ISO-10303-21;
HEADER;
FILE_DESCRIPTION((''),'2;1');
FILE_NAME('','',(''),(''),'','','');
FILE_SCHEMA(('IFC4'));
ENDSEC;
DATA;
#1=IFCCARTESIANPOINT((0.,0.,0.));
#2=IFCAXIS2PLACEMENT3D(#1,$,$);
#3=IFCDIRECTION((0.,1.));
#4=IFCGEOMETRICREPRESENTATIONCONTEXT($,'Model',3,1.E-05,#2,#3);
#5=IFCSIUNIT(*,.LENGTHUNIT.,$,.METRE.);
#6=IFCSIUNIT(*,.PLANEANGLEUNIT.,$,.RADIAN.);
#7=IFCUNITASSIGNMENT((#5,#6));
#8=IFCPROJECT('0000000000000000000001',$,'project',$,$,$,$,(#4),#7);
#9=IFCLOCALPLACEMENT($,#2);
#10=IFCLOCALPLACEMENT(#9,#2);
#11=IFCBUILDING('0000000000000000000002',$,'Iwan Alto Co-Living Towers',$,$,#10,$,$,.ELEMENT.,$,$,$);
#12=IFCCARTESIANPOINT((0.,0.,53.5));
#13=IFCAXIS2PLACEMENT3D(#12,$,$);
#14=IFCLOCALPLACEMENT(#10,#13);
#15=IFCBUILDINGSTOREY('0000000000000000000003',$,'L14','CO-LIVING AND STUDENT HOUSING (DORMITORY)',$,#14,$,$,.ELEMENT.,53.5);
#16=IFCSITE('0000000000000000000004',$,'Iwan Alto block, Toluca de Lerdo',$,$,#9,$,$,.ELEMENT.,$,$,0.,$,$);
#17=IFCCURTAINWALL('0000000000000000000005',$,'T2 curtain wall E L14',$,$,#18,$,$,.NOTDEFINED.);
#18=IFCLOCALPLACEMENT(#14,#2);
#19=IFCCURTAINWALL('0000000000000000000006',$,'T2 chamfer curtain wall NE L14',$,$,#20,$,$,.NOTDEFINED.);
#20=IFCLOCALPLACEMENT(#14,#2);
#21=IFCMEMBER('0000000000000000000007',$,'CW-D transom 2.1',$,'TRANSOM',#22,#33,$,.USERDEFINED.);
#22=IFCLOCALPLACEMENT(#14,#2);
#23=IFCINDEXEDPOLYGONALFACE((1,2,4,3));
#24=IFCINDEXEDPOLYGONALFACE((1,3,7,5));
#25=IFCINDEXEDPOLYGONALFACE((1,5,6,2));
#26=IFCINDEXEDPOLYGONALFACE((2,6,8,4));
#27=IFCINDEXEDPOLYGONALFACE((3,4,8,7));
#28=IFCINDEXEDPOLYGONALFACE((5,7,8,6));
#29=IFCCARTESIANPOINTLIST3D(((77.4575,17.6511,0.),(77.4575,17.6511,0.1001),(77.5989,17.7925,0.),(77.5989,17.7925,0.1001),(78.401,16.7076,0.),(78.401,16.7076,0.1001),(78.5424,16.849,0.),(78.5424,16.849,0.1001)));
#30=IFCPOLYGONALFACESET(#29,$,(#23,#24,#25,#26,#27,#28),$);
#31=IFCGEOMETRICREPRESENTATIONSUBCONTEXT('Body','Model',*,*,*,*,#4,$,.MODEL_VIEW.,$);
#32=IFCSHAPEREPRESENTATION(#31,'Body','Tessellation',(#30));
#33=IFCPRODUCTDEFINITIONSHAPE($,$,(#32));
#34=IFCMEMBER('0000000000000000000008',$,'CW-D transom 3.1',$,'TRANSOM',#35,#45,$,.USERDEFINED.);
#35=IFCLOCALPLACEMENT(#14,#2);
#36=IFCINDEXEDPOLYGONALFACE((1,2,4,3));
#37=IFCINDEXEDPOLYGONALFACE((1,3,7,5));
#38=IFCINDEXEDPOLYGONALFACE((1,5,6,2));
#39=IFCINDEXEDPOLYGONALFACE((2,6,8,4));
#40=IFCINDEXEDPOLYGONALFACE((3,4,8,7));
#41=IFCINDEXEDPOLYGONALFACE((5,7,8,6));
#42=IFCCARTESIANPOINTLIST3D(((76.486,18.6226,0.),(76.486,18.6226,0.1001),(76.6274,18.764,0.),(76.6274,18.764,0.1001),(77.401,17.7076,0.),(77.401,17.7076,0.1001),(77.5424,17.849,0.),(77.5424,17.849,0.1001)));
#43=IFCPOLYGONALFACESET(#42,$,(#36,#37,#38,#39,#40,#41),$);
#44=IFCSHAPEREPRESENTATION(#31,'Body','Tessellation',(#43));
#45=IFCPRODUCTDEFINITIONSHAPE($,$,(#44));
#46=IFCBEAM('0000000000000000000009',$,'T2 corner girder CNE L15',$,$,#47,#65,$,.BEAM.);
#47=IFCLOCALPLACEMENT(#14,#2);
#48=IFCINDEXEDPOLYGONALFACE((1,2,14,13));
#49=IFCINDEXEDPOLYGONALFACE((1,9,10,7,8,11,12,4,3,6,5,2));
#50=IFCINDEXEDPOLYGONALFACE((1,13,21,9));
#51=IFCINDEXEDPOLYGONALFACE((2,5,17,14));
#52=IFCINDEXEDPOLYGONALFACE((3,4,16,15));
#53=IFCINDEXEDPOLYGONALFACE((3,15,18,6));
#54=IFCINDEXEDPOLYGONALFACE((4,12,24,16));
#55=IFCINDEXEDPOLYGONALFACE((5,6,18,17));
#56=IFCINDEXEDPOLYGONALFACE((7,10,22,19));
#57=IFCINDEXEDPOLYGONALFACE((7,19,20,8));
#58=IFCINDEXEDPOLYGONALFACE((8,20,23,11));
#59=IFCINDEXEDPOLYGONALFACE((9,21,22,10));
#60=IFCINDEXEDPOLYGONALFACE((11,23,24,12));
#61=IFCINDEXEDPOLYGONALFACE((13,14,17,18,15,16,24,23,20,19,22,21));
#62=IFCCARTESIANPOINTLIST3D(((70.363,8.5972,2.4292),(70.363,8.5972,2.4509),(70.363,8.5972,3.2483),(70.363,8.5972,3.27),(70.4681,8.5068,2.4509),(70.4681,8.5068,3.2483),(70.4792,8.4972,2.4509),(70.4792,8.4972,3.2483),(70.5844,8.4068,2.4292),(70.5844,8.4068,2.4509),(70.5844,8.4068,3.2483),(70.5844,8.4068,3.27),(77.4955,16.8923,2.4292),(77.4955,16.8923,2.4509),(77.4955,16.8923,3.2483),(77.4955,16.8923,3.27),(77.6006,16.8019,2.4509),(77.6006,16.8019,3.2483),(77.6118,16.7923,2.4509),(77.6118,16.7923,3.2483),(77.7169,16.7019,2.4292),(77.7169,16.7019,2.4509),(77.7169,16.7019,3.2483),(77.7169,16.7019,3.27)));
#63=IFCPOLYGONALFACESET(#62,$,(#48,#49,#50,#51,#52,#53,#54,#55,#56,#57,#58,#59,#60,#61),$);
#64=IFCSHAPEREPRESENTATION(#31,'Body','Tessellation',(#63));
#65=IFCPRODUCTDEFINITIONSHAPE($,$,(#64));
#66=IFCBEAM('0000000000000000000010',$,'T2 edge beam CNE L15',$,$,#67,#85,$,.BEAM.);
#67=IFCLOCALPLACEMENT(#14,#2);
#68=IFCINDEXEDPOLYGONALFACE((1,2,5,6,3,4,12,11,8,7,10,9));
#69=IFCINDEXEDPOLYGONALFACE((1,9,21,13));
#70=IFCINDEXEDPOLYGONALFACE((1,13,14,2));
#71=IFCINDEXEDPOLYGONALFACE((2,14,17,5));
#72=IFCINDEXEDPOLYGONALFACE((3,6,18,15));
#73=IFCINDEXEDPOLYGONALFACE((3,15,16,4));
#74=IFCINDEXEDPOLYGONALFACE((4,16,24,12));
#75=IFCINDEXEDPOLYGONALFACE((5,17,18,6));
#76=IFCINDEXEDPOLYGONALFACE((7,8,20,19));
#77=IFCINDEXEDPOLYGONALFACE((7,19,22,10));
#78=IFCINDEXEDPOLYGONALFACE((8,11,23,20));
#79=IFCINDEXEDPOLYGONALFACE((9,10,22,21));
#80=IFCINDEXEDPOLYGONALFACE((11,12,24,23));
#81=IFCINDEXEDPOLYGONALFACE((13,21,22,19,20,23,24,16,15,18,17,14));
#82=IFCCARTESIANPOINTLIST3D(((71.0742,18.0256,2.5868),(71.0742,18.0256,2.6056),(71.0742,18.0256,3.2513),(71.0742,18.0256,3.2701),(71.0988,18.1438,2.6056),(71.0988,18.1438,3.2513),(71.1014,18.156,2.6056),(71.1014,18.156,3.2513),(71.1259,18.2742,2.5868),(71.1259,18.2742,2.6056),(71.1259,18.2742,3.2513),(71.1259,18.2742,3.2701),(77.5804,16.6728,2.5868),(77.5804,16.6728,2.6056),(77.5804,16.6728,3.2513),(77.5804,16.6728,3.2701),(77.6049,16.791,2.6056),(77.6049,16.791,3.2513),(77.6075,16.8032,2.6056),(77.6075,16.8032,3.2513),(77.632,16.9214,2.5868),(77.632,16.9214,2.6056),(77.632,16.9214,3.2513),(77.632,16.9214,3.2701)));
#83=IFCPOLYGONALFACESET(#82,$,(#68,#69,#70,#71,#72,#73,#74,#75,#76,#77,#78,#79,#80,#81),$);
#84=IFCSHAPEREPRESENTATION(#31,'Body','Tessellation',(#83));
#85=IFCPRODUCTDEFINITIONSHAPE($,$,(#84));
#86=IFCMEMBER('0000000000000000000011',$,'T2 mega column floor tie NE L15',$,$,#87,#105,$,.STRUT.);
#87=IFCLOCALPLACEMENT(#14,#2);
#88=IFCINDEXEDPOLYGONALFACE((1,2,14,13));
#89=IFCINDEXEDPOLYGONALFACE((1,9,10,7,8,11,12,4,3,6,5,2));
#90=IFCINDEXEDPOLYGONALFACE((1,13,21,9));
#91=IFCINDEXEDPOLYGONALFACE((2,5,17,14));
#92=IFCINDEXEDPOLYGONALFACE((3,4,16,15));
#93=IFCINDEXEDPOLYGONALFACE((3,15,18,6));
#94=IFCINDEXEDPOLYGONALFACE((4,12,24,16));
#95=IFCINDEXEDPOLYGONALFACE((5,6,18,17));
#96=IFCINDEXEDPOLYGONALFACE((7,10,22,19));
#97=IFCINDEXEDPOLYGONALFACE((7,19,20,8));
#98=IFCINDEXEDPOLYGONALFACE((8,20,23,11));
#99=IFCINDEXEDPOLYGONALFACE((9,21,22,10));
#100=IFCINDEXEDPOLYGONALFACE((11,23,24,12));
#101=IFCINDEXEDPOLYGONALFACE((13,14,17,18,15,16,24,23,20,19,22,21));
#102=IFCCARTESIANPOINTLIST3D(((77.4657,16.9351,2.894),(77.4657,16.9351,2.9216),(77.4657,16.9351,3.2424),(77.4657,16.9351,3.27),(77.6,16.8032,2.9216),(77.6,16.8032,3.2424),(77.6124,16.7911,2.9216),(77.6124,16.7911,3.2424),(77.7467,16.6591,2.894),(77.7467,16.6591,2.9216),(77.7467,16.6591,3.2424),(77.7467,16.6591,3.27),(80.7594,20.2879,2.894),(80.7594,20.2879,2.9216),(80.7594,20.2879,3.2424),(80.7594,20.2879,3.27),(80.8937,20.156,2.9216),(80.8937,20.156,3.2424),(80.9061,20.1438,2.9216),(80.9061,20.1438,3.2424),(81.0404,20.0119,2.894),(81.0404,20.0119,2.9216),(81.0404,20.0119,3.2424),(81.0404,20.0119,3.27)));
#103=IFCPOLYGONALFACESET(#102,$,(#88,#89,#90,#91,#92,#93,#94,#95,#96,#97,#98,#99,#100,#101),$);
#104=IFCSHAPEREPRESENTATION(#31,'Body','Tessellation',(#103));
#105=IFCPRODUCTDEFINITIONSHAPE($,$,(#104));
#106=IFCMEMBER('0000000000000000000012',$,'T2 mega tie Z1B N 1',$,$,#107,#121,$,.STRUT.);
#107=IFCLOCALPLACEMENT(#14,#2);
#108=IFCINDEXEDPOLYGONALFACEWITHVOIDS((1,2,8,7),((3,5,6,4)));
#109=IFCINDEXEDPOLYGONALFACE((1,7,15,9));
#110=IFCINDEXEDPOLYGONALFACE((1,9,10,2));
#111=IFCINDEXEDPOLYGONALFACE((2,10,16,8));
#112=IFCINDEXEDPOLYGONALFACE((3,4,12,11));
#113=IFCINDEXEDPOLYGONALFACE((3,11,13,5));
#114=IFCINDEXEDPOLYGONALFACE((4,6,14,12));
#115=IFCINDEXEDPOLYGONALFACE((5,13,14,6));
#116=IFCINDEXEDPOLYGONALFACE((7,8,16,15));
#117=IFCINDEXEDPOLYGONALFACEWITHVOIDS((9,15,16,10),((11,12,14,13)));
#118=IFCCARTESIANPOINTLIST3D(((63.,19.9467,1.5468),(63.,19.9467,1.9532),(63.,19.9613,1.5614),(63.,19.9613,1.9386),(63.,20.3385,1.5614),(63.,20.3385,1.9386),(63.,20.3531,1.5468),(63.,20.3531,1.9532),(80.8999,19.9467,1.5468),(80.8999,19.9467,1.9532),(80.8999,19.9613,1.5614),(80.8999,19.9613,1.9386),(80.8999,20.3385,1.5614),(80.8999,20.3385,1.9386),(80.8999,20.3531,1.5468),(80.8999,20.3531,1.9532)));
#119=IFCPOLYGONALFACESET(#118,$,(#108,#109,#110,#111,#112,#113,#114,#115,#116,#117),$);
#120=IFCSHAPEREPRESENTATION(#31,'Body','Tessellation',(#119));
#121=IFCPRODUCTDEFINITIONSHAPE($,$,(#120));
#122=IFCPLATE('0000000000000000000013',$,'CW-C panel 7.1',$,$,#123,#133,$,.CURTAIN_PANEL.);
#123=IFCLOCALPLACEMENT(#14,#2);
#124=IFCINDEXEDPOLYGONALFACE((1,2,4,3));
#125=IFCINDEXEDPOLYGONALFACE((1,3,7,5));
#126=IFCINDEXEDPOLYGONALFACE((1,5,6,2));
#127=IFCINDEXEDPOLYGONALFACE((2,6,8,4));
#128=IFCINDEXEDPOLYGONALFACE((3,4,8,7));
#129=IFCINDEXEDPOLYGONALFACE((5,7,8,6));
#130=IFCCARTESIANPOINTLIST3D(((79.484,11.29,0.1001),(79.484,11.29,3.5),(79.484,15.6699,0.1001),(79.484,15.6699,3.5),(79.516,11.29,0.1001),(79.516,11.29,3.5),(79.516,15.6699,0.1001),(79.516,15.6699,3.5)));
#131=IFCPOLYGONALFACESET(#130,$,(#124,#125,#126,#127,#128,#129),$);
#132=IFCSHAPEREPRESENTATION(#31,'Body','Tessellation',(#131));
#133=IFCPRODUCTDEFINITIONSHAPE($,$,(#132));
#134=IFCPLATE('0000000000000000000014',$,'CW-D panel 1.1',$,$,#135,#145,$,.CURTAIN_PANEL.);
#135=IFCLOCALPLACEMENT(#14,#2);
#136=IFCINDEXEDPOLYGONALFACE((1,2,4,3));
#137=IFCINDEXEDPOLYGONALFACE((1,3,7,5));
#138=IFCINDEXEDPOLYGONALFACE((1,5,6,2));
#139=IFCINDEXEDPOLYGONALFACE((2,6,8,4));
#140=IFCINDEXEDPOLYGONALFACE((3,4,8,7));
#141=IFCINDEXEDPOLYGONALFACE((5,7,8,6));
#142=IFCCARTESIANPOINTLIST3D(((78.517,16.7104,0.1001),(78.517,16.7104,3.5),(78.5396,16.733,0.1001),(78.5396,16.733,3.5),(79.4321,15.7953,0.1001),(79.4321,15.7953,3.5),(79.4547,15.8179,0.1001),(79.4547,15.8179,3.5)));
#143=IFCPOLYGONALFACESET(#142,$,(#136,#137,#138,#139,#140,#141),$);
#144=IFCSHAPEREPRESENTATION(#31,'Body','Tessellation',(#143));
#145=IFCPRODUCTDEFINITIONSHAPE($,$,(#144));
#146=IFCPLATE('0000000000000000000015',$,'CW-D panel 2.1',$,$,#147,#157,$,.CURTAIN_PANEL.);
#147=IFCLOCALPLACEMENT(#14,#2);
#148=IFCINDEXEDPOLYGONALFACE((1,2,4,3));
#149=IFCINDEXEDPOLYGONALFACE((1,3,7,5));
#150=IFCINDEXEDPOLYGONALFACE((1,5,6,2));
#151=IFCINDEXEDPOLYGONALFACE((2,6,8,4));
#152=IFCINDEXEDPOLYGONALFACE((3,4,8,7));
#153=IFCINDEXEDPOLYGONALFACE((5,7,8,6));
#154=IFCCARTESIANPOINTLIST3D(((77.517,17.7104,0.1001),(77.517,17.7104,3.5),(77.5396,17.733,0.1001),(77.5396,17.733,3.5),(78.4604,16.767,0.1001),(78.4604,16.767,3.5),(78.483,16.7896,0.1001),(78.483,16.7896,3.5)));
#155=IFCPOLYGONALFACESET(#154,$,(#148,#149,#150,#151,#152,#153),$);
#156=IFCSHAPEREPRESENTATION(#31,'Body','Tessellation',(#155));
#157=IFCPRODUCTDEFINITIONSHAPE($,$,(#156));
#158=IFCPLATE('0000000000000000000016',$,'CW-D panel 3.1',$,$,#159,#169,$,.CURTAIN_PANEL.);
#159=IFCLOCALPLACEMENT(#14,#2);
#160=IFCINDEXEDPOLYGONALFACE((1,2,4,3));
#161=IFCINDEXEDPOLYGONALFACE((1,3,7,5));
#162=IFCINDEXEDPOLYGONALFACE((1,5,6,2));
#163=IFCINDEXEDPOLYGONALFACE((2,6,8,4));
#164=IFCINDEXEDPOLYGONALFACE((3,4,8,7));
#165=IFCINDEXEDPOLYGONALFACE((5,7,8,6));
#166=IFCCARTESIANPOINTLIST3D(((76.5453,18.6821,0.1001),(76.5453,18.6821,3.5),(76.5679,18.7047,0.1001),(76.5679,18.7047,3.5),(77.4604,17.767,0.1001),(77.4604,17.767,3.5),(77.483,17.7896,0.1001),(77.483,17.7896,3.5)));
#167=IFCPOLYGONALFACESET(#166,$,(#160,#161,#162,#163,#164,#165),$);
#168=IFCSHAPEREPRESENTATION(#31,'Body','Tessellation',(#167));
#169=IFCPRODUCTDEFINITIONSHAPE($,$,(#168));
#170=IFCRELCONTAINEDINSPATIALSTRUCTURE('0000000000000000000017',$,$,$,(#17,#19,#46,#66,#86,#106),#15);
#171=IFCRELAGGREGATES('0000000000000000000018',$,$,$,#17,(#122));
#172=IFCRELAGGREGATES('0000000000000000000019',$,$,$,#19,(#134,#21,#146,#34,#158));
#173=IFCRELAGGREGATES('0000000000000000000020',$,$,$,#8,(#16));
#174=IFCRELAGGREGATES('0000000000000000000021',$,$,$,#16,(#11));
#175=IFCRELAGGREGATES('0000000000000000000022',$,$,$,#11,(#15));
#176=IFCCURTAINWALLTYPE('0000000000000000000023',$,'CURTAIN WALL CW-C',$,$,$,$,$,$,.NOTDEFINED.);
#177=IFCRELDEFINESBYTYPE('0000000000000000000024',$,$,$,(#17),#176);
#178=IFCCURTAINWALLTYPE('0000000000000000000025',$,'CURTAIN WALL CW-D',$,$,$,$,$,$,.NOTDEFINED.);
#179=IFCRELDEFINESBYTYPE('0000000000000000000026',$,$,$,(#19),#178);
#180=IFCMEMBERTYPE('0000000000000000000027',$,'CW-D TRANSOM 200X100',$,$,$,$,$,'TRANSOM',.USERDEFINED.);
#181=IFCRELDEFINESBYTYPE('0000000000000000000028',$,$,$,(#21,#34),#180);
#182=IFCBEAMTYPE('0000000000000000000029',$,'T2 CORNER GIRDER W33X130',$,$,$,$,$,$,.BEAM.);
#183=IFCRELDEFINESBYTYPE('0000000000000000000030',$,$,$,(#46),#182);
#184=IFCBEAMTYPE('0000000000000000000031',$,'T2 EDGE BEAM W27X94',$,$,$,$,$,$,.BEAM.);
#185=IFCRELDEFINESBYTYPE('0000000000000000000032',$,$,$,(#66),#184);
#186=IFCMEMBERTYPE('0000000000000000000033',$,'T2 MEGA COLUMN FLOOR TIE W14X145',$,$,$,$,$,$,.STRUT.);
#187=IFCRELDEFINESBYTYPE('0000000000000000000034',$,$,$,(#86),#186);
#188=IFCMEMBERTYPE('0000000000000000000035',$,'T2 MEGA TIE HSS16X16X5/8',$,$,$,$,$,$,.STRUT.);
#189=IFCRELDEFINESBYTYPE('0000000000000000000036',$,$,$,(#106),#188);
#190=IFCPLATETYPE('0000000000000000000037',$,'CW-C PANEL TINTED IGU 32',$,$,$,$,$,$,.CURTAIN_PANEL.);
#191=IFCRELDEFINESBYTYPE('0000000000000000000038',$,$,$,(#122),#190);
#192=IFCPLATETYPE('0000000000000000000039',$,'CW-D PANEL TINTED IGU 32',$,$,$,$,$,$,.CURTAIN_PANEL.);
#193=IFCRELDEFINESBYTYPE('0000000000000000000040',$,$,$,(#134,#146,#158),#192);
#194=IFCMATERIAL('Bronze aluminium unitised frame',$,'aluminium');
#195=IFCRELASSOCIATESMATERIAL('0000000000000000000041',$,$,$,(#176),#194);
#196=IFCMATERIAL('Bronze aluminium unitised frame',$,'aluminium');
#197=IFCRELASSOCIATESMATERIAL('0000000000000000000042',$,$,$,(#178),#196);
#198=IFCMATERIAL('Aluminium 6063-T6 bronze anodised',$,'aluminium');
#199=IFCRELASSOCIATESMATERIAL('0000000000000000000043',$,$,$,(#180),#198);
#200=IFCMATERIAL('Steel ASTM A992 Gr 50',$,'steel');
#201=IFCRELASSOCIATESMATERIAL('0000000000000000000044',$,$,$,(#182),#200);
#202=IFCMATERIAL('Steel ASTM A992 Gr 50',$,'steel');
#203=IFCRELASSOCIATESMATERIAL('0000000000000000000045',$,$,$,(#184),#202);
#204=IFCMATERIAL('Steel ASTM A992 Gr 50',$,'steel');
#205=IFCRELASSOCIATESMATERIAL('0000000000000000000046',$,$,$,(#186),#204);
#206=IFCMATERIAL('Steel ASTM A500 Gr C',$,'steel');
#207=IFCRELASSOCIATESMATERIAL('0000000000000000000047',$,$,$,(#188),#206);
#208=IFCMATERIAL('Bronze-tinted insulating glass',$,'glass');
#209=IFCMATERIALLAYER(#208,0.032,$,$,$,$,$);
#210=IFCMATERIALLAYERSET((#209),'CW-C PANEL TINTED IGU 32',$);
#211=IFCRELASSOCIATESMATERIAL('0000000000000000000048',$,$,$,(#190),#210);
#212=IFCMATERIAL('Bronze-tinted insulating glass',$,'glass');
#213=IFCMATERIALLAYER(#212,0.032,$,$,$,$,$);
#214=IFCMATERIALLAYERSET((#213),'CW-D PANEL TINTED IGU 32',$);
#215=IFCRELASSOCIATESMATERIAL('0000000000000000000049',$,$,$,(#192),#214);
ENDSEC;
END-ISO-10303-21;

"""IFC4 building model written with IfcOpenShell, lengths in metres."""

from ifc_helpers import new_model, si_unit, direction, frame, origin, origin_2d, place, context, subcontext, project, spatial, rectangle, hollow_rectangle, i_section, extrude, material, layer, layer_set, material_profile, profile_set, type_object, element, aggregate, save


model = new_model("IFC4")

# Units and contexts
model_context = context("Model", 3, precision=1e-05, world=origin(), true_north=direction((0.0, 1.0)))
body_context = subcontext(model_context, "Body", "Model", "MODEL_VIEW")
ifc_project = project(units=[si_unit("LENGTHUNIT", "METRE"), si_unit("PLANEANGLEUNIT", "RADIAN")], contexts=[model_context])

# Site, building, storey
site_placement = place(None, origin())
site = spatial("IfcSite", under=ifc_project, at=site_placement, Name="Iwan Alto block, Toluca de Lerdo", CompositionType="ELEMENT", RefElevation=0.0)
building_placement = place(site_placement, origin())
building = spatial("IfcBuilding", under=site, at=building_placement, Name="Iwan Alto Co-Living Towers", CompositionType="ELEMENT")
storey_placement = place(building_placement, frame((0.0, 0.0, 53.5)))
storey = spatial("IfcBuildingStorey", under=building, at=storey_placement, Name="L14", Description="CO-LIVING AND STUDENT HOUSING (DORMITORY)", CompositionType="ELEMENT", Elevation=53.5)

# Curtain wall
ifc_material_1 = material(Name="Bronze aluminium unitised frame", Category="aluminium")
curtain_wall_type_1 = type_object("IfcCurtainWallType", Name="CURTAIN WALL CW-C", PredefinedType="NOTDEFINED", material=ifc_material_1)
curtain_wall_1_placement = place(storey_placement, origin())
curtain_wall_1 = element("IfcCurtainWall", 1, at=curtain_wall_1_placement, inside=storey, type_object=curtain_wall_type_1, Name="T2 curtain wall E L14", PredefinedType="NOTDEFINED")

# Curtain wall, members
ifc_material_2 = material(Name="Bronze aluminium unitised frame", Category="aluminium")
curtain_wall_type_2 = type_object("IfcCurtainWallType", Name="CURTAIN WALL CW-D", PredefinedType="NOTDEFINED", material=ifc_material_2)
curtain_wall_2_placement = place(storey_placement, origin())
curtain_wall_2 = element("IfcCurtainWall", 2, at=curtain_wall_2_placement, inside=storey, type_object=curtain_wall_type_2, Name="T2 chamfer curtain wall NE L14", PredefinedType="NOTDEFINED")
ifc_material_3 = material(Name="Aluminium 6063-T6 bronze anodised", Category="aluminium")
ifc_material_profile_1 = material_profile(ifc_material_3, rectangle(XDim=0.2, YDim=0.1001, at=origin_2d()), Name="AL 200X100")
ifc_profile_set_1 = profile_set([ifc_material_profile_1], Name="Aluminium 6063-T6 bronze anodised")
member_type_1 = type_object("IfcMemberType", Name="CW-D TRANSOM 200X100", ElementType="TRANSOM", PredefinedType="USERDEFINED", material=ifc_profile_set_1)
member_1_placement = place(storey_placement, frame((78.4717, 16.7783, 0.05), z_axis=(-0.707107, 0.707107, 0.0), x_axis=(-0.707107, -0.707107, 0.0)))
member_1 = element("IfcMember", 3, at=member_1_placement, type_object=member_type_1, Name="CW-D transom 2.1", ObjectType="TRANSOM", PredefinedType="USERDEFINED", context=body_context, shape_type="SweptSolid", body=[
    extrude(rectangle(XDim=0.2, YDim=0.1001, at=origin_2d()), origin(), (0.0, 0.0, 1.0), 1.3342),
])
member_2_placement = place(storey_placement, frame((77.4717, 17.7783, 0.05), z_axis=(-0.707107, 0.707107, 0.0), x_axis=(-0.707107, -0.707107, 0.0)))
member_2 = element("IfcMember", 4, at=member_2_placement, type_object=member_type_1, Name="CW-D transom 3.1", ObjectType="TRANSOM", PredefinedType="USERDEFINED", context=body_context, shape_type="SweptSolid", body=[
    extrude(rectangle(XDim=0.2, YDim=0.1001, at=origin_2d()), origin(), (0.0, 0.0, 1.0), 1.2939),
])

# Beams
ifc_material_4 = material(Name="Steel ASTM A992 Gr 50", Category="steel")
ifc_material_profile_2 = material_profile(ifc_material_4, i_section(OverallWidth=0.292, OverallDepth=0.8408, WebThickness=0.0146, FlangeThickness=0.0217, at=origin_2d()), Name="W33X130")
ifc_profile_set_2 = profile_set([ifc_material_profile_2], Name="Steel ASTM A992 Gr 50")
beam_type_1 = type_object("IfcBeamType", Name="T2 CORNER GIRDER W33X130", PredefinedType="BEAM", material=ifc_profile_set_2)
beam_1_placement = place(storey_placement, frame((77.6062, 16.7971, 2.8496), z_axis=(-0.651972, -0.758243, 0.0), x_axis=(0.758243, -0.651972, 0.0)))
element("IfcBeam", 5, at=beam_1_placement, inside=storey, type_object=beam_type_1, Name="T2 corner girder CNE L15", PredefinedType="BEAM", context=body_context, shape_type="SweptSolid", body=[
    extrude(i_section(OverallWidth=0.292, OverallDepth=0.8408, WebThickness=0.0146, FlangeThickness=0.0217, at=origin_2d()), origin(), (0.0, 0.0, 1.0), 10.9399),
])
ifc_material_5 = material(Name="Steel ASTM A992 Gr 50", Category="steel")
ifc_material_profile_3 = material_profile(ifc_material_5, i_section(OverallWidth=0.2539, OverallDepth=0.6833, WebThickness=0.0125, FlangeThickness=0.0188, at=origin_2d()), Name="W27X94")
ifc_profile_set_3 = profile_set([ifc_material_profile_3], Name="Steel ASTM A992 Gr 50")
beam_type_2 = type_object("IfcBeamType", Name="T2 EDGE BEAM W27X94", PredefinedType="BEAM", material=ifc_profile_set_3)
beam_2_placement = place(storey_placement, frame((77.6062, 16.7971, 2.9285), z_axis=(-0.97906, 0.203571, 0.0), x_axis=(-0.203571, -0.97906, 0.0)))
element("IfcBeam", 6, at=beam_2_placement, inside=storey, type_object=beam_type_2, Name="T2 edge beam CNE L15", PredefinedType="BEAM", context=body_context, shape_type="SweptSolid", body=[
    extrude(i_section(OverallWidth=0.2539, OverallDepth=0.6833, WebThickness=0.0125, FlangeThickness=0.0188, at=origin_2d()), origin(), (0.0, 0.0, 1.0), 6.6453),
])

# Members
ifc_material_6 = material(Name="Steel ASTM A992 Gr 50", Category="steel")
ifc_material_profile_4 = material_profile(ifc_material_6, i_section(OverallWidth=0.3938, OverallDepth=0.376, WebThickness=0.0173, FlangeThickness=0.0276, at=origin_2d()), Name="W14X145")
ifc_profile_set_4 = profile_set([ifc_material_profile_4], Name="Steel ASTM A992 Gr 50")
member_type_2 = type_object("IfcMemberType", Name="T2 MEGA COLUMN FLOOR TIE W14X145", PredefinedType="STRUT", material=ifc_profile_set_4)
member_3_placement = place(storey_placement, frame((80.8999, 20.1499, 3.082), z_axis=(-0.700793, -0.713364, 0.0), x_axis=(0.713364, -0.700793, 0.0)))
element("IfcMember", 7, at=member_3_placement, inside=storey, type_object=member_type_2, Name="T2 mega column floor tie NE L15", PredefinedType="STRUT", context=body_context, shape_type="SweptSolid", body=[
    extrude(i_section(OverallWidth=0.3938, OverallDepth=0.376, WebThickness=0.0173, FlangeThickness=0.0276, at=origin_2d()), origin(), (0.0, 0.0, 1.0), 4.7),
])
ifc_material_7 = material(Name="Steel ASTM A500 Gr C", Category="steel")
ifc_material_profile_5 = material_profile(ifc_material_7, hollow_rectangle(XDim=0.4065, YDim=0.4065, WallThickness=0.0146, at=origin_2d()), Name="HSS16X16X5/8")
ifc_profile_set_5 = profile_set([ifc_material_profile_5], Name="Steel ASTM A500 Gr C")
member_type_3 = type_object("IfcMemberType", Name="T2 MEGA TIE HSS16X16X5/8", PredefinedType="STRUT", material=ifc_profile_set_5)
member_4_placement = place(storey_placement, frame((80.8999, 20.1499, 1.75), z_axis=(-1.0, 0.0, 0.0), x_axis=(0.0, -1.0, 0.0)))
element("IfcMember", 8, at=member_4_placement, inside=storey, type_object=member_type_3, Name="T2 mega tie Z1B N 1", PredefinedType="STRUT", context=body_context, shape_type="SweptSolid", body=[
    extrude(hollow_rectangle(XDim=0.4065, YDim=0.4065, WallThickness=0.0146, at=origin_2d()), origin(), (0.0, 0.0, 1.0), 17.8999),
])

# Plates
ifc_material_8 = material(Name="Bronze-tinted insulating glass", Category="glass")
ifc_layer_1 = layer(ifc_material_8, 0.032)
ifc_layer_set_1 = layer_set([ifc_layer_1], Name="CW-C PANEL TINTED IGU 32")
plate_type_1 = type_object("IfcPlateType", Name="CW-C PANEL TINTED IGU 32", PredefinedType="CURTAIN_PANEL", material=ifc_layer_set_1)
plate_1_placement = place(storey_placement, frame((79.5, 13.48, 0.1001), z_axis=(0.0, 0.0, 1.0), x_axis=(0.0, 1.0, 0.0)))
plate_1 = element("IfcPlate", 9, at=plate_1_placement, type_object=plate_type_1, Name="CW-C panel 7.1", PredefinedType="CURTAIN_PANEL", context=body_context, shape_type="SweptSolid", body=[
    extrude(rectangle(XDim=4.3799, YDim=0.032, at=origin_2d()), origin(), (0.0, 0.0, 1.0), 3.3999),
])
aggregate(curtain_wall_1, [plate_1])
ifc_material_9 = material(Name="Bronze-tinted insulating glass", Category="glass")
ifc_layer_2 = layer(ifc_material_9, 0.032)
ifc_layer_set_2 = layer_set([ifc_layer_2], Name="CW-D PANEL TINTED IGU 32")
plate_type_2 = type_object("IfcPlateType", Name="CW-D PANEL TINTED IGU 32", PredefinedType="CURTAIN_PANEL", material=ifc_layer_set_2)
plate_2_placement = place(storey_placement, frame((78.9858, 16.2642, 0.1001), z_axis=(0.0, 0.0, 1.0), x_axis=(-0.707107, 0.707107, 0.0)))
plate_2 = element("IfcPlate", 10, at=plate_2_placement, type_object=plate_type_2, Name="CW-D panel 1.1", PredefinedType="CURTAIN_PANEL", context=body_context, shape_type="SweptSolid", body=[
    extrude(rectangle(XDim=1.2942, YDim=0.032, at=origin_2d()), origin(), (0.0, 0.0, 1.0), 3.3999),
])
plate_3_placement = place(storey_placement, frame((78.0, 17.25, 0.1001), z_axis=(0.0, 0.0, 1.0), x_axis=(-0.707107, 0.707107, 0.0)))
plate_3 = element("IfcPlate", 11, at=plate_3_placement, type_object=plate_type_2, Name="CW-D panel 2.1", PredefinedType="CURTAIN_PANEL", context=body_context, shape_type="SweptSolid", body=[
    extrude(rectangle(XDim=1.3342, YDim=0.032, at=origin_2d()), origin(), (0.0, 0.0, 1.0), 3.3999),
])
plate_4_placement = place(storey_placement, frame((77.0142, 18.2358, 0.1001), z_axis=(0.0, 0.0, 1.0), x_axis=(-0.707107, 0.707107, 0.0)))
plate_4 = element("IfcPlate", 12, at=plate_4_placement, type_object=plate_type_2, Name="CW-D panel 3.1", PredefinedType="CURTAIN_PANEL", context=body_context, shape_type="SweptSolid", body=[
    extrude(rectangle(XDim=1.2942, YDim=0.032, at=origin_2d()), origin(), (0.0, 0.0, 1.0), 3.3999),
])
aggregate(curtain_wall_2, [plate_2, member_1, plate_3, member_2, plate_4])

save(model, "model.ifc")
